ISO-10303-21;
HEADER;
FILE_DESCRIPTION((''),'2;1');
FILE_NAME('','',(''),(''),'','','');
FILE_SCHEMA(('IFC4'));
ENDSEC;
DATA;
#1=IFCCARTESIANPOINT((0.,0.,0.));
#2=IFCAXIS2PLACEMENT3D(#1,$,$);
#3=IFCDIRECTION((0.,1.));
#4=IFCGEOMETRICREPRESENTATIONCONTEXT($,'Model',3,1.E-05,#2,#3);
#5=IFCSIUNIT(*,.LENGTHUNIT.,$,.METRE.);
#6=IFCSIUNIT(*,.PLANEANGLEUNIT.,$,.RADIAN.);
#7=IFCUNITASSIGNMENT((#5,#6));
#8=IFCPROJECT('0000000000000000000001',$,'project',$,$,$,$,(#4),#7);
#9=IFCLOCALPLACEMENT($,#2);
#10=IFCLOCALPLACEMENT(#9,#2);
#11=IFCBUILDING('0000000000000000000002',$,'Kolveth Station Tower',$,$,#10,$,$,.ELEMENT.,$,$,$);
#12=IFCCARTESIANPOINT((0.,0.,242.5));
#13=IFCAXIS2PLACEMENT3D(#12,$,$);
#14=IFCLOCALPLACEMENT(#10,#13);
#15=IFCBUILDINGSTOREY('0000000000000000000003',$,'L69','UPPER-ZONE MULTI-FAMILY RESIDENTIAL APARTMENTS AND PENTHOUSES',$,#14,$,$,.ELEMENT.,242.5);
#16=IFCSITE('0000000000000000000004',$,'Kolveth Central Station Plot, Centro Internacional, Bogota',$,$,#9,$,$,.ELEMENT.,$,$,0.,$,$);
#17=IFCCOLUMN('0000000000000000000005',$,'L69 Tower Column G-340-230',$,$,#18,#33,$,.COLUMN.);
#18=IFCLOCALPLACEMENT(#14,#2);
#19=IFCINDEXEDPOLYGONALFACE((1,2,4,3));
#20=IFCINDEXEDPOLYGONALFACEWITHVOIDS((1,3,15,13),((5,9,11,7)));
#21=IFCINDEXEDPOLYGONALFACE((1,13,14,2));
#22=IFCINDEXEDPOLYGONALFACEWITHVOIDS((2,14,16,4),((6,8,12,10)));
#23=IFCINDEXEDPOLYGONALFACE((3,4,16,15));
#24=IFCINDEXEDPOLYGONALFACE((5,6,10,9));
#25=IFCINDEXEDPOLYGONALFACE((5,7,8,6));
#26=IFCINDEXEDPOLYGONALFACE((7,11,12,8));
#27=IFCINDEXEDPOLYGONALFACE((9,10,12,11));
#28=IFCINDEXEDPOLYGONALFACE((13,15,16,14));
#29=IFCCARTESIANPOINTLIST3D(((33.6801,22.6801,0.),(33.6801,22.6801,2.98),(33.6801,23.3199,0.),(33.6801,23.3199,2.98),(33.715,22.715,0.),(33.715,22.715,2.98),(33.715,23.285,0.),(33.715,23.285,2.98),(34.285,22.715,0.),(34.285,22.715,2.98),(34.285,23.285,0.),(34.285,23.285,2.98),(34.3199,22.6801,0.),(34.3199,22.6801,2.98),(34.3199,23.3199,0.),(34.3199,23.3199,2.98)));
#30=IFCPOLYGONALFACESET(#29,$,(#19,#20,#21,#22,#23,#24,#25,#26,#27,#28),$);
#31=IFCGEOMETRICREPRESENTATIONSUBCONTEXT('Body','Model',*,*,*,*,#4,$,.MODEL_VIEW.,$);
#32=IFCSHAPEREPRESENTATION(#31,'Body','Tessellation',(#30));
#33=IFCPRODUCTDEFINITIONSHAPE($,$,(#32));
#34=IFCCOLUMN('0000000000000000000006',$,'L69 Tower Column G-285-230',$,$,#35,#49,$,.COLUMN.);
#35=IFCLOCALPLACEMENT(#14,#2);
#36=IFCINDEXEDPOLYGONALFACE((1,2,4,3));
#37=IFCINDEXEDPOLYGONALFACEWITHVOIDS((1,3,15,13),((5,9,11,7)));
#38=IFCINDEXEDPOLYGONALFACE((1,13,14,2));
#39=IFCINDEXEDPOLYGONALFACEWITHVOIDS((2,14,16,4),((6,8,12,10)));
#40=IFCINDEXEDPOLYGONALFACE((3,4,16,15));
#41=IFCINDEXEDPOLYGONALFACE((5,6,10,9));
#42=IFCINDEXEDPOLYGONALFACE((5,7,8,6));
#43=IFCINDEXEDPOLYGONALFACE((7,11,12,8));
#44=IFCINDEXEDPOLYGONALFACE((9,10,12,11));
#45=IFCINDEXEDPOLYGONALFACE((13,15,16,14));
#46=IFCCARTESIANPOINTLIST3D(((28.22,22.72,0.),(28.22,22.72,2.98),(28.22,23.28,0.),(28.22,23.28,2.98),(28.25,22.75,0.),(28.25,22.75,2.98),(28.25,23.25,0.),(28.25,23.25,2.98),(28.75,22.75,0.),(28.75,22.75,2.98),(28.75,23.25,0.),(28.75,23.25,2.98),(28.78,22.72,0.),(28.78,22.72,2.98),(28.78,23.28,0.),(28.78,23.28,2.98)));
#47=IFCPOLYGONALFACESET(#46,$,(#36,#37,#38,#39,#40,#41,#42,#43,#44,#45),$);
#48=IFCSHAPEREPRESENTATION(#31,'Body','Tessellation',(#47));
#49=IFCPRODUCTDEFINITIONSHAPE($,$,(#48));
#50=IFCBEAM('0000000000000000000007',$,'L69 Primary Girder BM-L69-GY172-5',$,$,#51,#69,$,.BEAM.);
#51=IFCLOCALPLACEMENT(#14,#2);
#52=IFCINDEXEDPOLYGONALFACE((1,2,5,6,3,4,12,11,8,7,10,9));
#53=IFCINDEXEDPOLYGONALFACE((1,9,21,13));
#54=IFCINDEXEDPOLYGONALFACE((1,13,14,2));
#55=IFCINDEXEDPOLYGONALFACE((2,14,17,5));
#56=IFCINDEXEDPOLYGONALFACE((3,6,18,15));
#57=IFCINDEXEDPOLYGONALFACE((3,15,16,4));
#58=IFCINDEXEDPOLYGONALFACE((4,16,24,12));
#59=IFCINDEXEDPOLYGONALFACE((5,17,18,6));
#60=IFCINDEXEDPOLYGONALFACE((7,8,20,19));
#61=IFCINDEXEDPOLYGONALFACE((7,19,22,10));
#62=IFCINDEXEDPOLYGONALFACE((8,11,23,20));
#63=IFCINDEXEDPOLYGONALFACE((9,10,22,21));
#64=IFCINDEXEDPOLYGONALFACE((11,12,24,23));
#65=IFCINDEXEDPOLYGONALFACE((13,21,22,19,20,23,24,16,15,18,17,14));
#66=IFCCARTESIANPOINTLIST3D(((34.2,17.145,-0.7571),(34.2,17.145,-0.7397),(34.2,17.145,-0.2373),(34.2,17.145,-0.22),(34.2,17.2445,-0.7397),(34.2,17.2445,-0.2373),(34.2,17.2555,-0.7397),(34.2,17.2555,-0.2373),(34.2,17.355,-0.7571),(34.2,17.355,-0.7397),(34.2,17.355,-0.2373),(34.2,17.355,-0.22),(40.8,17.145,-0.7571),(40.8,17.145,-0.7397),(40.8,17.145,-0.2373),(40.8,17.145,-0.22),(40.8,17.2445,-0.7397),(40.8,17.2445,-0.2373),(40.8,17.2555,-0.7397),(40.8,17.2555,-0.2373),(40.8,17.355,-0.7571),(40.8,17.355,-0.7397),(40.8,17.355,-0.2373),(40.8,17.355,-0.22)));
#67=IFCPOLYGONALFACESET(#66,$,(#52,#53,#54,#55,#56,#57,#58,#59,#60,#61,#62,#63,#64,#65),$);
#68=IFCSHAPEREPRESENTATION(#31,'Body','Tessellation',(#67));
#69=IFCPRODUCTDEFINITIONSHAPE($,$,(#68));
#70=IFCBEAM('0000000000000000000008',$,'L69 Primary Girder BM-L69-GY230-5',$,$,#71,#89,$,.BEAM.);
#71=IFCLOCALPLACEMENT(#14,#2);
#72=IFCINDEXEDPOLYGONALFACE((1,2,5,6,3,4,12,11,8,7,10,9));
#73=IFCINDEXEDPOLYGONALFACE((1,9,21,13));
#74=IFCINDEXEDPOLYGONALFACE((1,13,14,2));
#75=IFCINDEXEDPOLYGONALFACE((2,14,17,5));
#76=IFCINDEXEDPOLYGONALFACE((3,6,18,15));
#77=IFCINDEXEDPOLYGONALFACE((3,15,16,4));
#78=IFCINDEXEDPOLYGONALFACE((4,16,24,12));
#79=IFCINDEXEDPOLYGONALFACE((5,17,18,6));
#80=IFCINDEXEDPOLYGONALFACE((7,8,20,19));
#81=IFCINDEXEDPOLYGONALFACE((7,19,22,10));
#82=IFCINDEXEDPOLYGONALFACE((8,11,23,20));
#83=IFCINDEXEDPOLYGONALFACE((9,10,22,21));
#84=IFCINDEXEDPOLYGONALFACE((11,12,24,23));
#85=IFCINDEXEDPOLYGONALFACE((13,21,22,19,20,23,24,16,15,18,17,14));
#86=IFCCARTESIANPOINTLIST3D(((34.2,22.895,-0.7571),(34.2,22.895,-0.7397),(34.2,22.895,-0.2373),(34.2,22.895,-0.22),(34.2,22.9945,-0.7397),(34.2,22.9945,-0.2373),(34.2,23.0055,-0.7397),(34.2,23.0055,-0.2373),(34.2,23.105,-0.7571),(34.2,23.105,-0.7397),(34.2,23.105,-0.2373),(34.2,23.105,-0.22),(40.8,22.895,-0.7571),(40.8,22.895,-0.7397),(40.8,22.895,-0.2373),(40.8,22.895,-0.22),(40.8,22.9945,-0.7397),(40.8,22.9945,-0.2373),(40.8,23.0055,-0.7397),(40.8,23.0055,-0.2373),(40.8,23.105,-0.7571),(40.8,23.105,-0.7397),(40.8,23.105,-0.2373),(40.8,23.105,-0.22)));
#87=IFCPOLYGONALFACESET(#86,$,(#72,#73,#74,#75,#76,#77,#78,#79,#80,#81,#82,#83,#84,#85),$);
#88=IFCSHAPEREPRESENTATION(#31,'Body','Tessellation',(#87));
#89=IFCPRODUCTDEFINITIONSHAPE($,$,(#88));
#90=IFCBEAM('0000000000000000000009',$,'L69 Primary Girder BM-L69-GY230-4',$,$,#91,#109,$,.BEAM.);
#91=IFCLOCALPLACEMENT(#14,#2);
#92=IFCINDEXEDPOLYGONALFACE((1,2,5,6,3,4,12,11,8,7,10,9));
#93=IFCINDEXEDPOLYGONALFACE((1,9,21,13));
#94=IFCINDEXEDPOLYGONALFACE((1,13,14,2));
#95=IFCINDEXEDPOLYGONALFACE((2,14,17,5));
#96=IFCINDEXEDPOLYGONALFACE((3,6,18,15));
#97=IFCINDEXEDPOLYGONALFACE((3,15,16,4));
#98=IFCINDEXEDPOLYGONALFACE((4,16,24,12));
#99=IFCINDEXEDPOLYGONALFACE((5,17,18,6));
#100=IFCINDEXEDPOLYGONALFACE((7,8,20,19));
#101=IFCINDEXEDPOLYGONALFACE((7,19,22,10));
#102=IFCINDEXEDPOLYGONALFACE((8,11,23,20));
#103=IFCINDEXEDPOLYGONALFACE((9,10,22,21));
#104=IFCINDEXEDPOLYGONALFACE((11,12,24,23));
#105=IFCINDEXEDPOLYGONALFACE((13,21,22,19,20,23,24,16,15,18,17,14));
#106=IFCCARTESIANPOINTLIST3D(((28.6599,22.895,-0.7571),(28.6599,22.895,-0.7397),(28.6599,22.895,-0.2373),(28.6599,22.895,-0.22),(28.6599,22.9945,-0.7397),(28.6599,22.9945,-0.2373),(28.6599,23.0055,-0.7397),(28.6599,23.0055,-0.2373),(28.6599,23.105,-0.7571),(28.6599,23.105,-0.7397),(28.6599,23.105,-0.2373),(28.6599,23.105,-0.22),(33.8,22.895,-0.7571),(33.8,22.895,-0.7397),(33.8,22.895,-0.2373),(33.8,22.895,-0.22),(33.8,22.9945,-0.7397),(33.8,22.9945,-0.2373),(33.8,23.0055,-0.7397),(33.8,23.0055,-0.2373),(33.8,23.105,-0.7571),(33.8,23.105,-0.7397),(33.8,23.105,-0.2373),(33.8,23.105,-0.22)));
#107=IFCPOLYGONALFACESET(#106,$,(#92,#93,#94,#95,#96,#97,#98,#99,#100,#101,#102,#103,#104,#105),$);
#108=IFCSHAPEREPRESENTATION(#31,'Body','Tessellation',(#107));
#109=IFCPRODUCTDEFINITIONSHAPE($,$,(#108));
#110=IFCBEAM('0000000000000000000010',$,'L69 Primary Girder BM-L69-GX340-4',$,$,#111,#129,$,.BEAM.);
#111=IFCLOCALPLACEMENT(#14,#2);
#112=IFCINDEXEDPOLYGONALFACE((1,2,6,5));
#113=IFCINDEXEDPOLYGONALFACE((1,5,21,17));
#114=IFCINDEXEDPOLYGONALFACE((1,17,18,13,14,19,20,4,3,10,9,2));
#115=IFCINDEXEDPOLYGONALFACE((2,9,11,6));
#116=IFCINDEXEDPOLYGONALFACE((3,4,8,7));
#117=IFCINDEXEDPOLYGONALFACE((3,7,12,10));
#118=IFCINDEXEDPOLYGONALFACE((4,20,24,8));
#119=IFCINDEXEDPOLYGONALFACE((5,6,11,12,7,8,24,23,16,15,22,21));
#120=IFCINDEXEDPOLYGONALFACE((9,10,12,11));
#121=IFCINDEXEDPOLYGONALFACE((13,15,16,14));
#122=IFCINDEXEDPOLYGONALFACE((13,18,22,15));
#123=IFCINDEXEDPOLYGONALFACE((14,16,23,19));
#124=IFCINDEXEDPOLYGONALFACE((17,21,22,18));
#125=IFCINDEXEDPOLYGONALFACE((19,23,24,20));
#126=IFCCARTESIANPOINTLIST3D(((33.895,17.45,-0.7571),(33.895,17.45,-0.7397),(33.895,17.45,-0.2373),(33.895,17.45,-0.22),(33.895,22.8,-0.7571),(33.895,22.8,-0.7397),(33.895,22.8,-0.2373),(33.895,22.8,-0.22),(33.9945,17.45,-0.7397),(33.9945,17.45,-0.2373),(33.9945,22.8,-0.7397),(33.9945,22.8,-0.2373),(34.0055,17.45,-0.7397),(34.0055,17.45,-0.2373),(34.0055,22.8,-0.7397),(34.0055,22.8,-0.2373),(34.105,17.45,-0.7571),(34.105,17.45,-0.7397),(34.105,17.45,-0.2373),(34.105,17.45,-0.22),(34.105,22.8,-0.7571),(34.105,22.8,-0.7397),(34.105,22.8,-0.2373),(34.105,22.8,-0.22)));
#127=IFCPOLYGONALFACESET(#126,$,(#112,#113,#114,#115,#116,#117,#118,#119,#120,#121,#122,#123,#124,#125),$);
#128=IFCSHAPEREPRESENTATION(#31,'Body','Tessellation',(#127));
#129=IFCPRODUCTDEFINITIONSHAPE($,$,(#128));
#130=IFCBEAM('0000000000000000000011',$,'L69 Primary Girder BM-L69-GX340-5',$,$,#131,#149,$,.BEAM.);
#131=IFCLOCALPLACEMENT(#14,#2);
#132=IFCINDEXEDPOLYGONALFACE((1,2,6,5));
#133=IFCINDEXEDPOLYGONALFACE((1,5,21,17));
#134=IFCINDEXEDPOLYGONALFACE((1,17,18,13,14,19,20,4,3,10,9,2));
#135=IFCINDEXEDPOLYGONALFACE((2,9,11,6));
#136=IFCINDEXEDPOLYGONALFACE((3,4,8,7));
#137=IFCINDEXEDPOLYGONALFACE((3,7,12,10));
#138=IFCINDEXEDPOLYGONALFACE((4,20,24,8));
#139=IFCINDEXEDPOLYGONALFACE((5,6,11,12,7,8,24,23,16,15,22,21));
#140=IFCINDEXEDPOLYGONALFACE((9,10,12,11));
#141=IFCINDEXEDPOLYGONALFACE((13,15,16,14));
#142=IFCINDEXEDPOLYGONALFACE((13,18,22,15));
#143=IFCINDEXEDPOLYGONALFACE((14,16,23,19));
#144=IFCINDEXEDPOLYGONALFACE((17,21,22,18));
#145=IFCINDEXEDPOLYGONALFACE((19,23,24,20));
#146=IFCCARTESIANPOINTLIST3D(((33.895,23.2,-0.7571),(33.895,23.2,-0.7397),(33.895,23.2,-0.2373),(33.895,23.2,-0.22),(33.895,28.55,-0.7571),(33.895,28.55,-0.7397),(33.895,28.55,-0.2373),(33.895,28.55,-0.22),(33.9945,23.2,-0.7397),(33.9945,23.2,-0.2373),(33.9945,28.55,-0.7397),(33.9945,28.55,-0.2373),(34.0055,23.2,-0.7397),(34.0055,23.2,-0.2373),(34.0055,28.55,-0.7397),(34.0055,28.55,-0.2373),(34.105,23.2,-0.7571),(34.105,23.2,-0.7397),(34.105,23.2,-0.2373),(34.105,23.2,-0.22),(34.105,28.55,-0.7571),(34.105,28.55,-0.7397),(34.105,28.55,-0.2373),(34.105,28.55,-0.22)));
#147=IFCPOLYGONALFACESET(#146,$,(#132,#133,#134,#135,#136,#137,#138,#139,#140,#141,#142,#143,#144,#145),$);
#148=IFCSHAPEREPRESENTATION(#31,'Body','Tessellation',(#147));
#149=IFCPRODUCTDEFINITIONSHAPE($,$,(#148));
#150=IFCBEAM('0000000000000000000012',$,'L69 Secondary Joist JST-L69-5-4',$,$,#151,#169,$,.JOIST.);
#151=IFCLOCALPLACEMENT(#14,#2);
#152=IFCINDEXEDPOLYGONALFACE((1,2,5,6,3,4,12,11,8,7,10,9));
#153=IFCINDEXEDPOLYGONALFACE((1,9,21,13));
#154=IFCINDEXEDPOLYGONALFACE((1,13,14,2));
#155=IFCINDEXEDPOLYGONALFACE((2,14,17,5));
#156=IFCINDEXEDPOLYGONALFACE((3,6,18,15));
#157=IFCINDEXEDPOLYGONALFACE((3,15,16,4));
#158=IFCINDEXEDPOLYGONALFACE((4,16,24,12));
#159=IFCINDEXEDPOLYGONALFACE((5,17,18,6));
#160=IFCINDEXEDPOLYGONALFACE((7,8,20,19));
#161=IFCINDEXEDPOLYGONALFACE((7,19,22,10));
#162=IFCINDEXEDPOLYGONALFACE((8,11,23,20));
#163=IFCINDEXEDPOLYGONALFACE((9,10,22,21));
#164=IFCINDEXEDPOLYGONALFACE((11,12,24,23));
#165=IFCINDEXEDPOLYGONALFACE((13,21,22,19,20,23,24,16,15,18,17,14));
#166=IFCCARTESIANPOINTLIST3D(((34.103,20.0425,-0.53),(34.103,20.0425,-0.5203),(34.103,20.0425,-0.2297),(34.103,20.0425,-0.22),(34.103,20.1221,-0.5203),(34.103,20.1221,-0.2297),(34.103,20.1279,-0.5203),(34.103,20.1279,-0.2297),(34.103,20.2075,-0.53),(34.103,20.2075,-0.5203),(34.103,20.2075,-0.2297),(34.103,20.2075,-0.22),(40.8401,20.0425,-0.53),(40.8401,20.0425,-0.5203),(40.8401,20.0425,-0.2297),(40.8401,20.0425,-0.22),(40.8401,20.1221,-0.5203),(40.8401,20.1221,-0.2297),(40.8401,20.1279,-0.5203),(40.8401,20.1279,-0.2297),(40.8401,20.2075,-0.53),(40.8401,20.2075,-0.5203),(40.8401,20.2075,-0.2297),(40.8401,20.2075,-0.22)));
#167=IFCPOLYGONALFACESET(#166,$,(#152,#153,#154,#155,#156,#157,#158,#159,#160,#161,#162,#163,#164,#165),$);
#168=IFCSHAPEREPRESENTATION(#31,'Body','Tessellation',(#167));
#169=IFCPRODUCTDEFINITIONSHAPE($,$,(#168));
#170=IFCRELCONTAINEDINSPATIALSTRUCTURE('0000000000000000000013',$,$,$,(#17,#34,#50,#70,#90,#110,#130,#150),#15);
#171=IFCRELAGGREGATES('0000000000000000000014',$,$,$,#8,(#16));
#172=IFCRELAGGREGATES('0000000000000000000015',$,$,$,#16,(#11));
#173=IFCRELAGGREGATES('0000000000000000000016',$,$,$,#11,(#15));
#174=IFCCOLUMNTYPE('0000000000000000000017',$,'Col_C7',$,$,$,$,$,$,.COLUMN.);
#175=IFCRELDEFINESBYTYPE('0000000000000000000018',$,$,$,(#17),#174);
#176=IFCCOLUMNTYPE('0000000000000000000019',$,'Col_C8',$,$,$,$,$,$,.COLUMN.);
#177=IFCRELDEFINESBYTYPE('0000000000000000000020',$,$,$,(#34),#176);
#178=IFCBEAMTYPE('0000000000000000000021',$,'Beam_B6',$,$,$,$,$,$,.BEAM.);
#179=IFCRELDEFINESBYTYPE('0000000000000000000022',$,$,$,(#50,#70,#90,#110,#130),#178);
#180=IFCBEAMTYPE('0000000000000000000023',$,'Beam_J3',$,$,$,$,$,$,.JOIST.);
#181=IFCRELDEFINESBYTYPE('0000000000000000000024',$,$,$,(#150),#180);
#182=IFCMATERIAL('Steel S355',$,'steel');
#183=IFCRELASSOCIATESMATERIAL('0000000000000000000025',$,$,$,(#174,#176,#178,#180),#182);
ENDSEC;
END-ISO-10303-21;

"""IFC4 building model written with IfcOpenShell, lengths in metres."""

from ifc_helpers import new_model, si_unit, direction, frame, origin, origin_2d, place, context, subcontext, project, spatial, hollow_rectangle, i_section, extrude, source, transform, mapped, material, material_profile, profile_set, type_object, element, save


model = new_model("IFC4")

# Units and contexts
model_context = context("Model", 3, precision=1e-05, world=origin(), true_north=direction((0.0, 1.0)))
body_context = subcontext(model_context, "Body", "Model", "MODEL_VIEW")
ifc_project = project(units=[si_unit("LENGTHUNIT", "METRE"), si_unit("PLANEANGLEUNIT", "RADIAN")], contexts=[model_context])

# Site, building, storey
site_placement = place(None, origin())
site = spatial("IfcSite", under=ifc_project, at=site_placement, Name="Kolveth Central Station Plot, Centro Internacional, Bogota", CompositionType="ELEMENT", RefElevation=0.0)
building_placement = place(site_placement, origin())
building = spatial("IfcBuilding", under=site, at=building_placement, Name="Kolveth Station Tower", CompositionType="ELEMENT")
storey_placement = place(building_placement, frame((0.0, 0.0, 242.5)))
storey = spatial("IfcBuildingStorey", under=building, at=storey_placement, Name="L69", Description="UPPER-ZONE MULTI-FAMILY RESIDENTIAL APARTMENTS AND PENTHOUSES", CompositionType="ELEMENT", Elevation=242.5)

# Columns
ifc_material_1 = material(Name="Steel S355", Category="steel")
ifc_material_profile_1 = material_profile(ifc_material_1, hollow_rectangle(XDim=0.6399, YDim=0.6399, WallThickness=0.0349, at=origin_2d()), Name="BOX640x640x35")
ifc_profile_set_1 = profile_set([ifc_material_profile_1], Name="Steel S355")
column_type_1 = type_object("IfcColumnType", Name="Col_C7", PredefinedType="COLUMN", material=ifc_profile_set_1)
shared_shape_1 = source(origin(), body_context, "Body", "SweptSolid", [
    extrude(hollow_rectangle(XDim=0.6399, YDim=0.6399, WallThickness=0.0349, at=origin_2d()), origin(), (0.0, 0.0, 1.0), 2.98),
])
column_1_placement = place(storey_placement, frame((34.0, 23.0, 0.0), z_axis=(0.0, 0.0, 1.0), x_axis=(1.0, 0.0, 0.0)))
element("IfcColumn", 1, at=column_1_placement, inside=storey, type_object=column_type_1, Name="L69 Tower Column G-340-230", PredefinedType="COLUMN", context=body_context, shape_type="MappedRepresentation", body=[
    mapped(shared_shape_1, transform((0.0, 0.0, 0.0), x_axis=(1.0, 0.0, 0.0), y_axis=(0.0, 1.0, 0.0), z_axis=(0.0, 0.0, 1.0), scale=1.0)),
])
ifc_material_profile_2 = material_profile(ifc_material_1, hollow_rectangle(XDim=0.5601, YDim=0.5601, WallThickness=0.03, at=origin_2d()), Name="BOX560x560x30")
ifc_profile_set_2 = profile_set([ifc_material_profile_2], Name="Steel S355")
column_type_2 = type_object("IfcColumnType", Name="Col_C8", PredefinedType="COLUMN", material=ifc_profile_set_2)
shared_shape_2 = source(origin(), body_context, "Body", "SweptSolid", [
    extrude(hollow_rectangle(XDim=0.5601, YDim=0.5601, WallThickness=0.03, at=origin_2d()), origin(), (0.0, 0.0, 1.0), 2.98),
])
column_2_placement = place(storey_placement, frame((28.5, 23.0, 0.0), z_axis=(0.0, 0.0, 1.0), x_axis=(1.0, 0.0, 0.0)))
element("IfcColumn", 2, at=column_2_placement, inside=storey, type_object=column_type_2, Name="L69 Tower Column G-285-230", PredefinedType="COLUMN", context=body_context, shape_type="MappedRepresentation", body=[
    mapped(shared_shape_2, transform((0.0, 0.0, 0.0), x_axis=(1.0, 0.0, 0.0), y_axis=(0.0, 1.0, 0.0), z_axis=(0.0, 0.0, 1.0), scale=1.0)),
])

# Beams
ifc_material_profile_3 = material_profile(ifc_material_1, i_section(OverallWidth=0.21, OverallDepth=0.5371, WebThickness=0.011, FlangeThickness=0.0173, at=origin_2d()), Name="W530x101")
ifc_profile_set_3 = profile_set([ifc_material_profile_3], Name="Steel S355")
beam_type_1 = type_object("IfcBeamType", Name="Beam_B6", PredefinedType="BEAM", material=ifc_profile_set_3)
shared_shape_3 = source(origin(), body_context, "Body", "SweptSolid", [
    extrude(i_section(OverallWidth=0.21, OverallDepth=0.5371, WebThickness=0.011, FlangeThickness=0.0173, at=origin_2d()), origin(), (0.0, 0.0, 1.0), 6.6001),
])
for number, where, z_axis, x_axis, name in (
    (3, (34.2, 17.25, -0.4885), (1.0, 0.0, 0.0), (0.0, 1.0, 0.0), "L69 Primary Girder BM-L69-GY172-5"),
    (4, (34.2, 23.0, -0.4885), (1.0, 0.0, 0.0), (0.0, 1.0, 0.0), "L69 Primary Girder BM-L69-GY230-5"),
):
    element("IfcBeam", number, at=place(storey_placement, frame(where, z_axis=z_axis, x_axis=x_axis)), inside=storey, type_object=beam_type_1, Name=name, PredefinedType="BEAM", context=body_context, shape_type="MappedRepresentation", body=[
        mapped(shared_shape_3, transform((0.0, 0.0, 0.0), x_axis=(1.0, 0.0, 0.0), y_axis=(0.0, 1.0, 0.0), z_axis=(0.0, 0.0, 1.0), scale=1.0)),
    ])
shared_shape_4 = source(origin(), body_context, "Body", "SweptSolid", [
    extrude(i_section(OverallWidth=0.21, OverallDepth=0.5371, WebThickness=0.011, FlangeThickness=0.0173, at=origin_2d()), origin(), (0.0, 0.0, 1.0), 5.1401),
])
beam_1_placement = place(storey_placement, frame((28.6599, 23.0, -0.4885), z_axis=(1.0, 0.0, 0.0), x_axis=(0.0, 1.0, 0.0)))
element("IfcBeam", 5, at=beam_1_placement, inside=storey, type_object=beam_type_1, Name="L69 Primary Girder BM-L69-GY230-4", PredefinedType="BEAM", context=body_context, shape_type="MappedRepresentation", body=[
    mapped(shared_shape_4, transform((0.0, 0.0, 0.0), x_axis=(1.0, 0.0, 0.0), y_axis=(0.0, 1.0, 0.0), z_axis=(0.0, 0.0, 1.0), scale=1.0)),
])
shared_shape_5 = source(origin(), body_context, "Body", "SweptSolid", [
    extrude(i_section(OverallWidth=0.21, OverallDepth=0.5371, WebThickness=0.011, FlangeThickness=0.0173, at=origin_2d()), origin(), (0.0, 0.0, 1.0), 5.3501),
])
for number, where, z_axis, x_axis, name in (
    (6, (34.0, 17.45, -0.4885), (0.0, 1.0, 0.0), (-1.0, 0.0, 0.0), "L69 Primary Girder BM-L69-GX340-4"),
    (7, (34.0, 23.2, -0.4885), (0.0, 1.0, 0.0), (-1.0, 0.0, 0.0), "L69 Primary Girder BM-L69-GX340-5"),
):
    element("IfcBeam", number, at=place(storey_placement, frame(where, z_axis=z_axis, x_axis=x_axis)), inside=storey, type_object=beam_type_1, Name=name, PredefinedType="BEAM", context=body_context, shape_type="MappedRepresentation", body=[
        mapped(shared_shape_5, transform((0.0, 0.0, 0.0), x_axis=(1.0, 0.0, 0.0), y_axis=(0.0, 1.0, 0.0), z_axis=(0.0, 0.0, 1.0), scale=1.0)),
    ])
ifc_material_profile_4 = material_profile(ifc_material_1, i_section(OverallWidth=0.165, OverallDepth=0.3101, WebThickness=0.0059, FlangeThickness=0.0098, at=origin_2d()), Name="W310x39")
ifc_profile_set_4 = profile_set([ifc_material_profile_4], Name="Steel S355")
beam_type_2 = type_object("IfcBeamType", Name="Beam_J3", PredefinedType="JOIST", material=ifc_profile_set_4)
shared_shape_6 = source(origin(), body_context, "Body", "SweptSolid", [
    extrude(i_section(OverallWidth=0.165, OverallDepth=0.3101, WebThickness=0.0059, FlangeThickness=0.0098, at=origin_2d()), origin(), (0.0, 0.0, 1.0), 6.7371),
])
beam_2_placement = place(storey_placement, frame((34.103, 20.125, -0.375), z_axis=(1.0, 0.0, 0.0), x_axis=(0.0, 1.0, 0.0)))
element("IfcBeam", 8, at=beam_2_placement, inside=storey, type_object=beam_type_2, Name="L69 Secondary Joist JST-L69-5-4", PredefinedType="JOIST", context=body_context, shape_type="MappedRepresentation", body=[
    mapped(shared_shape_6, transform((0.0, 0.0, 0.0), x_axis=(1.0, 0.0, 0.0), y_axis=(0.0, 1.0, 0.0), z_axis=(0.0, 0.0, 1.0), scale=1.0)),
])

save(model, "model.ifc")
